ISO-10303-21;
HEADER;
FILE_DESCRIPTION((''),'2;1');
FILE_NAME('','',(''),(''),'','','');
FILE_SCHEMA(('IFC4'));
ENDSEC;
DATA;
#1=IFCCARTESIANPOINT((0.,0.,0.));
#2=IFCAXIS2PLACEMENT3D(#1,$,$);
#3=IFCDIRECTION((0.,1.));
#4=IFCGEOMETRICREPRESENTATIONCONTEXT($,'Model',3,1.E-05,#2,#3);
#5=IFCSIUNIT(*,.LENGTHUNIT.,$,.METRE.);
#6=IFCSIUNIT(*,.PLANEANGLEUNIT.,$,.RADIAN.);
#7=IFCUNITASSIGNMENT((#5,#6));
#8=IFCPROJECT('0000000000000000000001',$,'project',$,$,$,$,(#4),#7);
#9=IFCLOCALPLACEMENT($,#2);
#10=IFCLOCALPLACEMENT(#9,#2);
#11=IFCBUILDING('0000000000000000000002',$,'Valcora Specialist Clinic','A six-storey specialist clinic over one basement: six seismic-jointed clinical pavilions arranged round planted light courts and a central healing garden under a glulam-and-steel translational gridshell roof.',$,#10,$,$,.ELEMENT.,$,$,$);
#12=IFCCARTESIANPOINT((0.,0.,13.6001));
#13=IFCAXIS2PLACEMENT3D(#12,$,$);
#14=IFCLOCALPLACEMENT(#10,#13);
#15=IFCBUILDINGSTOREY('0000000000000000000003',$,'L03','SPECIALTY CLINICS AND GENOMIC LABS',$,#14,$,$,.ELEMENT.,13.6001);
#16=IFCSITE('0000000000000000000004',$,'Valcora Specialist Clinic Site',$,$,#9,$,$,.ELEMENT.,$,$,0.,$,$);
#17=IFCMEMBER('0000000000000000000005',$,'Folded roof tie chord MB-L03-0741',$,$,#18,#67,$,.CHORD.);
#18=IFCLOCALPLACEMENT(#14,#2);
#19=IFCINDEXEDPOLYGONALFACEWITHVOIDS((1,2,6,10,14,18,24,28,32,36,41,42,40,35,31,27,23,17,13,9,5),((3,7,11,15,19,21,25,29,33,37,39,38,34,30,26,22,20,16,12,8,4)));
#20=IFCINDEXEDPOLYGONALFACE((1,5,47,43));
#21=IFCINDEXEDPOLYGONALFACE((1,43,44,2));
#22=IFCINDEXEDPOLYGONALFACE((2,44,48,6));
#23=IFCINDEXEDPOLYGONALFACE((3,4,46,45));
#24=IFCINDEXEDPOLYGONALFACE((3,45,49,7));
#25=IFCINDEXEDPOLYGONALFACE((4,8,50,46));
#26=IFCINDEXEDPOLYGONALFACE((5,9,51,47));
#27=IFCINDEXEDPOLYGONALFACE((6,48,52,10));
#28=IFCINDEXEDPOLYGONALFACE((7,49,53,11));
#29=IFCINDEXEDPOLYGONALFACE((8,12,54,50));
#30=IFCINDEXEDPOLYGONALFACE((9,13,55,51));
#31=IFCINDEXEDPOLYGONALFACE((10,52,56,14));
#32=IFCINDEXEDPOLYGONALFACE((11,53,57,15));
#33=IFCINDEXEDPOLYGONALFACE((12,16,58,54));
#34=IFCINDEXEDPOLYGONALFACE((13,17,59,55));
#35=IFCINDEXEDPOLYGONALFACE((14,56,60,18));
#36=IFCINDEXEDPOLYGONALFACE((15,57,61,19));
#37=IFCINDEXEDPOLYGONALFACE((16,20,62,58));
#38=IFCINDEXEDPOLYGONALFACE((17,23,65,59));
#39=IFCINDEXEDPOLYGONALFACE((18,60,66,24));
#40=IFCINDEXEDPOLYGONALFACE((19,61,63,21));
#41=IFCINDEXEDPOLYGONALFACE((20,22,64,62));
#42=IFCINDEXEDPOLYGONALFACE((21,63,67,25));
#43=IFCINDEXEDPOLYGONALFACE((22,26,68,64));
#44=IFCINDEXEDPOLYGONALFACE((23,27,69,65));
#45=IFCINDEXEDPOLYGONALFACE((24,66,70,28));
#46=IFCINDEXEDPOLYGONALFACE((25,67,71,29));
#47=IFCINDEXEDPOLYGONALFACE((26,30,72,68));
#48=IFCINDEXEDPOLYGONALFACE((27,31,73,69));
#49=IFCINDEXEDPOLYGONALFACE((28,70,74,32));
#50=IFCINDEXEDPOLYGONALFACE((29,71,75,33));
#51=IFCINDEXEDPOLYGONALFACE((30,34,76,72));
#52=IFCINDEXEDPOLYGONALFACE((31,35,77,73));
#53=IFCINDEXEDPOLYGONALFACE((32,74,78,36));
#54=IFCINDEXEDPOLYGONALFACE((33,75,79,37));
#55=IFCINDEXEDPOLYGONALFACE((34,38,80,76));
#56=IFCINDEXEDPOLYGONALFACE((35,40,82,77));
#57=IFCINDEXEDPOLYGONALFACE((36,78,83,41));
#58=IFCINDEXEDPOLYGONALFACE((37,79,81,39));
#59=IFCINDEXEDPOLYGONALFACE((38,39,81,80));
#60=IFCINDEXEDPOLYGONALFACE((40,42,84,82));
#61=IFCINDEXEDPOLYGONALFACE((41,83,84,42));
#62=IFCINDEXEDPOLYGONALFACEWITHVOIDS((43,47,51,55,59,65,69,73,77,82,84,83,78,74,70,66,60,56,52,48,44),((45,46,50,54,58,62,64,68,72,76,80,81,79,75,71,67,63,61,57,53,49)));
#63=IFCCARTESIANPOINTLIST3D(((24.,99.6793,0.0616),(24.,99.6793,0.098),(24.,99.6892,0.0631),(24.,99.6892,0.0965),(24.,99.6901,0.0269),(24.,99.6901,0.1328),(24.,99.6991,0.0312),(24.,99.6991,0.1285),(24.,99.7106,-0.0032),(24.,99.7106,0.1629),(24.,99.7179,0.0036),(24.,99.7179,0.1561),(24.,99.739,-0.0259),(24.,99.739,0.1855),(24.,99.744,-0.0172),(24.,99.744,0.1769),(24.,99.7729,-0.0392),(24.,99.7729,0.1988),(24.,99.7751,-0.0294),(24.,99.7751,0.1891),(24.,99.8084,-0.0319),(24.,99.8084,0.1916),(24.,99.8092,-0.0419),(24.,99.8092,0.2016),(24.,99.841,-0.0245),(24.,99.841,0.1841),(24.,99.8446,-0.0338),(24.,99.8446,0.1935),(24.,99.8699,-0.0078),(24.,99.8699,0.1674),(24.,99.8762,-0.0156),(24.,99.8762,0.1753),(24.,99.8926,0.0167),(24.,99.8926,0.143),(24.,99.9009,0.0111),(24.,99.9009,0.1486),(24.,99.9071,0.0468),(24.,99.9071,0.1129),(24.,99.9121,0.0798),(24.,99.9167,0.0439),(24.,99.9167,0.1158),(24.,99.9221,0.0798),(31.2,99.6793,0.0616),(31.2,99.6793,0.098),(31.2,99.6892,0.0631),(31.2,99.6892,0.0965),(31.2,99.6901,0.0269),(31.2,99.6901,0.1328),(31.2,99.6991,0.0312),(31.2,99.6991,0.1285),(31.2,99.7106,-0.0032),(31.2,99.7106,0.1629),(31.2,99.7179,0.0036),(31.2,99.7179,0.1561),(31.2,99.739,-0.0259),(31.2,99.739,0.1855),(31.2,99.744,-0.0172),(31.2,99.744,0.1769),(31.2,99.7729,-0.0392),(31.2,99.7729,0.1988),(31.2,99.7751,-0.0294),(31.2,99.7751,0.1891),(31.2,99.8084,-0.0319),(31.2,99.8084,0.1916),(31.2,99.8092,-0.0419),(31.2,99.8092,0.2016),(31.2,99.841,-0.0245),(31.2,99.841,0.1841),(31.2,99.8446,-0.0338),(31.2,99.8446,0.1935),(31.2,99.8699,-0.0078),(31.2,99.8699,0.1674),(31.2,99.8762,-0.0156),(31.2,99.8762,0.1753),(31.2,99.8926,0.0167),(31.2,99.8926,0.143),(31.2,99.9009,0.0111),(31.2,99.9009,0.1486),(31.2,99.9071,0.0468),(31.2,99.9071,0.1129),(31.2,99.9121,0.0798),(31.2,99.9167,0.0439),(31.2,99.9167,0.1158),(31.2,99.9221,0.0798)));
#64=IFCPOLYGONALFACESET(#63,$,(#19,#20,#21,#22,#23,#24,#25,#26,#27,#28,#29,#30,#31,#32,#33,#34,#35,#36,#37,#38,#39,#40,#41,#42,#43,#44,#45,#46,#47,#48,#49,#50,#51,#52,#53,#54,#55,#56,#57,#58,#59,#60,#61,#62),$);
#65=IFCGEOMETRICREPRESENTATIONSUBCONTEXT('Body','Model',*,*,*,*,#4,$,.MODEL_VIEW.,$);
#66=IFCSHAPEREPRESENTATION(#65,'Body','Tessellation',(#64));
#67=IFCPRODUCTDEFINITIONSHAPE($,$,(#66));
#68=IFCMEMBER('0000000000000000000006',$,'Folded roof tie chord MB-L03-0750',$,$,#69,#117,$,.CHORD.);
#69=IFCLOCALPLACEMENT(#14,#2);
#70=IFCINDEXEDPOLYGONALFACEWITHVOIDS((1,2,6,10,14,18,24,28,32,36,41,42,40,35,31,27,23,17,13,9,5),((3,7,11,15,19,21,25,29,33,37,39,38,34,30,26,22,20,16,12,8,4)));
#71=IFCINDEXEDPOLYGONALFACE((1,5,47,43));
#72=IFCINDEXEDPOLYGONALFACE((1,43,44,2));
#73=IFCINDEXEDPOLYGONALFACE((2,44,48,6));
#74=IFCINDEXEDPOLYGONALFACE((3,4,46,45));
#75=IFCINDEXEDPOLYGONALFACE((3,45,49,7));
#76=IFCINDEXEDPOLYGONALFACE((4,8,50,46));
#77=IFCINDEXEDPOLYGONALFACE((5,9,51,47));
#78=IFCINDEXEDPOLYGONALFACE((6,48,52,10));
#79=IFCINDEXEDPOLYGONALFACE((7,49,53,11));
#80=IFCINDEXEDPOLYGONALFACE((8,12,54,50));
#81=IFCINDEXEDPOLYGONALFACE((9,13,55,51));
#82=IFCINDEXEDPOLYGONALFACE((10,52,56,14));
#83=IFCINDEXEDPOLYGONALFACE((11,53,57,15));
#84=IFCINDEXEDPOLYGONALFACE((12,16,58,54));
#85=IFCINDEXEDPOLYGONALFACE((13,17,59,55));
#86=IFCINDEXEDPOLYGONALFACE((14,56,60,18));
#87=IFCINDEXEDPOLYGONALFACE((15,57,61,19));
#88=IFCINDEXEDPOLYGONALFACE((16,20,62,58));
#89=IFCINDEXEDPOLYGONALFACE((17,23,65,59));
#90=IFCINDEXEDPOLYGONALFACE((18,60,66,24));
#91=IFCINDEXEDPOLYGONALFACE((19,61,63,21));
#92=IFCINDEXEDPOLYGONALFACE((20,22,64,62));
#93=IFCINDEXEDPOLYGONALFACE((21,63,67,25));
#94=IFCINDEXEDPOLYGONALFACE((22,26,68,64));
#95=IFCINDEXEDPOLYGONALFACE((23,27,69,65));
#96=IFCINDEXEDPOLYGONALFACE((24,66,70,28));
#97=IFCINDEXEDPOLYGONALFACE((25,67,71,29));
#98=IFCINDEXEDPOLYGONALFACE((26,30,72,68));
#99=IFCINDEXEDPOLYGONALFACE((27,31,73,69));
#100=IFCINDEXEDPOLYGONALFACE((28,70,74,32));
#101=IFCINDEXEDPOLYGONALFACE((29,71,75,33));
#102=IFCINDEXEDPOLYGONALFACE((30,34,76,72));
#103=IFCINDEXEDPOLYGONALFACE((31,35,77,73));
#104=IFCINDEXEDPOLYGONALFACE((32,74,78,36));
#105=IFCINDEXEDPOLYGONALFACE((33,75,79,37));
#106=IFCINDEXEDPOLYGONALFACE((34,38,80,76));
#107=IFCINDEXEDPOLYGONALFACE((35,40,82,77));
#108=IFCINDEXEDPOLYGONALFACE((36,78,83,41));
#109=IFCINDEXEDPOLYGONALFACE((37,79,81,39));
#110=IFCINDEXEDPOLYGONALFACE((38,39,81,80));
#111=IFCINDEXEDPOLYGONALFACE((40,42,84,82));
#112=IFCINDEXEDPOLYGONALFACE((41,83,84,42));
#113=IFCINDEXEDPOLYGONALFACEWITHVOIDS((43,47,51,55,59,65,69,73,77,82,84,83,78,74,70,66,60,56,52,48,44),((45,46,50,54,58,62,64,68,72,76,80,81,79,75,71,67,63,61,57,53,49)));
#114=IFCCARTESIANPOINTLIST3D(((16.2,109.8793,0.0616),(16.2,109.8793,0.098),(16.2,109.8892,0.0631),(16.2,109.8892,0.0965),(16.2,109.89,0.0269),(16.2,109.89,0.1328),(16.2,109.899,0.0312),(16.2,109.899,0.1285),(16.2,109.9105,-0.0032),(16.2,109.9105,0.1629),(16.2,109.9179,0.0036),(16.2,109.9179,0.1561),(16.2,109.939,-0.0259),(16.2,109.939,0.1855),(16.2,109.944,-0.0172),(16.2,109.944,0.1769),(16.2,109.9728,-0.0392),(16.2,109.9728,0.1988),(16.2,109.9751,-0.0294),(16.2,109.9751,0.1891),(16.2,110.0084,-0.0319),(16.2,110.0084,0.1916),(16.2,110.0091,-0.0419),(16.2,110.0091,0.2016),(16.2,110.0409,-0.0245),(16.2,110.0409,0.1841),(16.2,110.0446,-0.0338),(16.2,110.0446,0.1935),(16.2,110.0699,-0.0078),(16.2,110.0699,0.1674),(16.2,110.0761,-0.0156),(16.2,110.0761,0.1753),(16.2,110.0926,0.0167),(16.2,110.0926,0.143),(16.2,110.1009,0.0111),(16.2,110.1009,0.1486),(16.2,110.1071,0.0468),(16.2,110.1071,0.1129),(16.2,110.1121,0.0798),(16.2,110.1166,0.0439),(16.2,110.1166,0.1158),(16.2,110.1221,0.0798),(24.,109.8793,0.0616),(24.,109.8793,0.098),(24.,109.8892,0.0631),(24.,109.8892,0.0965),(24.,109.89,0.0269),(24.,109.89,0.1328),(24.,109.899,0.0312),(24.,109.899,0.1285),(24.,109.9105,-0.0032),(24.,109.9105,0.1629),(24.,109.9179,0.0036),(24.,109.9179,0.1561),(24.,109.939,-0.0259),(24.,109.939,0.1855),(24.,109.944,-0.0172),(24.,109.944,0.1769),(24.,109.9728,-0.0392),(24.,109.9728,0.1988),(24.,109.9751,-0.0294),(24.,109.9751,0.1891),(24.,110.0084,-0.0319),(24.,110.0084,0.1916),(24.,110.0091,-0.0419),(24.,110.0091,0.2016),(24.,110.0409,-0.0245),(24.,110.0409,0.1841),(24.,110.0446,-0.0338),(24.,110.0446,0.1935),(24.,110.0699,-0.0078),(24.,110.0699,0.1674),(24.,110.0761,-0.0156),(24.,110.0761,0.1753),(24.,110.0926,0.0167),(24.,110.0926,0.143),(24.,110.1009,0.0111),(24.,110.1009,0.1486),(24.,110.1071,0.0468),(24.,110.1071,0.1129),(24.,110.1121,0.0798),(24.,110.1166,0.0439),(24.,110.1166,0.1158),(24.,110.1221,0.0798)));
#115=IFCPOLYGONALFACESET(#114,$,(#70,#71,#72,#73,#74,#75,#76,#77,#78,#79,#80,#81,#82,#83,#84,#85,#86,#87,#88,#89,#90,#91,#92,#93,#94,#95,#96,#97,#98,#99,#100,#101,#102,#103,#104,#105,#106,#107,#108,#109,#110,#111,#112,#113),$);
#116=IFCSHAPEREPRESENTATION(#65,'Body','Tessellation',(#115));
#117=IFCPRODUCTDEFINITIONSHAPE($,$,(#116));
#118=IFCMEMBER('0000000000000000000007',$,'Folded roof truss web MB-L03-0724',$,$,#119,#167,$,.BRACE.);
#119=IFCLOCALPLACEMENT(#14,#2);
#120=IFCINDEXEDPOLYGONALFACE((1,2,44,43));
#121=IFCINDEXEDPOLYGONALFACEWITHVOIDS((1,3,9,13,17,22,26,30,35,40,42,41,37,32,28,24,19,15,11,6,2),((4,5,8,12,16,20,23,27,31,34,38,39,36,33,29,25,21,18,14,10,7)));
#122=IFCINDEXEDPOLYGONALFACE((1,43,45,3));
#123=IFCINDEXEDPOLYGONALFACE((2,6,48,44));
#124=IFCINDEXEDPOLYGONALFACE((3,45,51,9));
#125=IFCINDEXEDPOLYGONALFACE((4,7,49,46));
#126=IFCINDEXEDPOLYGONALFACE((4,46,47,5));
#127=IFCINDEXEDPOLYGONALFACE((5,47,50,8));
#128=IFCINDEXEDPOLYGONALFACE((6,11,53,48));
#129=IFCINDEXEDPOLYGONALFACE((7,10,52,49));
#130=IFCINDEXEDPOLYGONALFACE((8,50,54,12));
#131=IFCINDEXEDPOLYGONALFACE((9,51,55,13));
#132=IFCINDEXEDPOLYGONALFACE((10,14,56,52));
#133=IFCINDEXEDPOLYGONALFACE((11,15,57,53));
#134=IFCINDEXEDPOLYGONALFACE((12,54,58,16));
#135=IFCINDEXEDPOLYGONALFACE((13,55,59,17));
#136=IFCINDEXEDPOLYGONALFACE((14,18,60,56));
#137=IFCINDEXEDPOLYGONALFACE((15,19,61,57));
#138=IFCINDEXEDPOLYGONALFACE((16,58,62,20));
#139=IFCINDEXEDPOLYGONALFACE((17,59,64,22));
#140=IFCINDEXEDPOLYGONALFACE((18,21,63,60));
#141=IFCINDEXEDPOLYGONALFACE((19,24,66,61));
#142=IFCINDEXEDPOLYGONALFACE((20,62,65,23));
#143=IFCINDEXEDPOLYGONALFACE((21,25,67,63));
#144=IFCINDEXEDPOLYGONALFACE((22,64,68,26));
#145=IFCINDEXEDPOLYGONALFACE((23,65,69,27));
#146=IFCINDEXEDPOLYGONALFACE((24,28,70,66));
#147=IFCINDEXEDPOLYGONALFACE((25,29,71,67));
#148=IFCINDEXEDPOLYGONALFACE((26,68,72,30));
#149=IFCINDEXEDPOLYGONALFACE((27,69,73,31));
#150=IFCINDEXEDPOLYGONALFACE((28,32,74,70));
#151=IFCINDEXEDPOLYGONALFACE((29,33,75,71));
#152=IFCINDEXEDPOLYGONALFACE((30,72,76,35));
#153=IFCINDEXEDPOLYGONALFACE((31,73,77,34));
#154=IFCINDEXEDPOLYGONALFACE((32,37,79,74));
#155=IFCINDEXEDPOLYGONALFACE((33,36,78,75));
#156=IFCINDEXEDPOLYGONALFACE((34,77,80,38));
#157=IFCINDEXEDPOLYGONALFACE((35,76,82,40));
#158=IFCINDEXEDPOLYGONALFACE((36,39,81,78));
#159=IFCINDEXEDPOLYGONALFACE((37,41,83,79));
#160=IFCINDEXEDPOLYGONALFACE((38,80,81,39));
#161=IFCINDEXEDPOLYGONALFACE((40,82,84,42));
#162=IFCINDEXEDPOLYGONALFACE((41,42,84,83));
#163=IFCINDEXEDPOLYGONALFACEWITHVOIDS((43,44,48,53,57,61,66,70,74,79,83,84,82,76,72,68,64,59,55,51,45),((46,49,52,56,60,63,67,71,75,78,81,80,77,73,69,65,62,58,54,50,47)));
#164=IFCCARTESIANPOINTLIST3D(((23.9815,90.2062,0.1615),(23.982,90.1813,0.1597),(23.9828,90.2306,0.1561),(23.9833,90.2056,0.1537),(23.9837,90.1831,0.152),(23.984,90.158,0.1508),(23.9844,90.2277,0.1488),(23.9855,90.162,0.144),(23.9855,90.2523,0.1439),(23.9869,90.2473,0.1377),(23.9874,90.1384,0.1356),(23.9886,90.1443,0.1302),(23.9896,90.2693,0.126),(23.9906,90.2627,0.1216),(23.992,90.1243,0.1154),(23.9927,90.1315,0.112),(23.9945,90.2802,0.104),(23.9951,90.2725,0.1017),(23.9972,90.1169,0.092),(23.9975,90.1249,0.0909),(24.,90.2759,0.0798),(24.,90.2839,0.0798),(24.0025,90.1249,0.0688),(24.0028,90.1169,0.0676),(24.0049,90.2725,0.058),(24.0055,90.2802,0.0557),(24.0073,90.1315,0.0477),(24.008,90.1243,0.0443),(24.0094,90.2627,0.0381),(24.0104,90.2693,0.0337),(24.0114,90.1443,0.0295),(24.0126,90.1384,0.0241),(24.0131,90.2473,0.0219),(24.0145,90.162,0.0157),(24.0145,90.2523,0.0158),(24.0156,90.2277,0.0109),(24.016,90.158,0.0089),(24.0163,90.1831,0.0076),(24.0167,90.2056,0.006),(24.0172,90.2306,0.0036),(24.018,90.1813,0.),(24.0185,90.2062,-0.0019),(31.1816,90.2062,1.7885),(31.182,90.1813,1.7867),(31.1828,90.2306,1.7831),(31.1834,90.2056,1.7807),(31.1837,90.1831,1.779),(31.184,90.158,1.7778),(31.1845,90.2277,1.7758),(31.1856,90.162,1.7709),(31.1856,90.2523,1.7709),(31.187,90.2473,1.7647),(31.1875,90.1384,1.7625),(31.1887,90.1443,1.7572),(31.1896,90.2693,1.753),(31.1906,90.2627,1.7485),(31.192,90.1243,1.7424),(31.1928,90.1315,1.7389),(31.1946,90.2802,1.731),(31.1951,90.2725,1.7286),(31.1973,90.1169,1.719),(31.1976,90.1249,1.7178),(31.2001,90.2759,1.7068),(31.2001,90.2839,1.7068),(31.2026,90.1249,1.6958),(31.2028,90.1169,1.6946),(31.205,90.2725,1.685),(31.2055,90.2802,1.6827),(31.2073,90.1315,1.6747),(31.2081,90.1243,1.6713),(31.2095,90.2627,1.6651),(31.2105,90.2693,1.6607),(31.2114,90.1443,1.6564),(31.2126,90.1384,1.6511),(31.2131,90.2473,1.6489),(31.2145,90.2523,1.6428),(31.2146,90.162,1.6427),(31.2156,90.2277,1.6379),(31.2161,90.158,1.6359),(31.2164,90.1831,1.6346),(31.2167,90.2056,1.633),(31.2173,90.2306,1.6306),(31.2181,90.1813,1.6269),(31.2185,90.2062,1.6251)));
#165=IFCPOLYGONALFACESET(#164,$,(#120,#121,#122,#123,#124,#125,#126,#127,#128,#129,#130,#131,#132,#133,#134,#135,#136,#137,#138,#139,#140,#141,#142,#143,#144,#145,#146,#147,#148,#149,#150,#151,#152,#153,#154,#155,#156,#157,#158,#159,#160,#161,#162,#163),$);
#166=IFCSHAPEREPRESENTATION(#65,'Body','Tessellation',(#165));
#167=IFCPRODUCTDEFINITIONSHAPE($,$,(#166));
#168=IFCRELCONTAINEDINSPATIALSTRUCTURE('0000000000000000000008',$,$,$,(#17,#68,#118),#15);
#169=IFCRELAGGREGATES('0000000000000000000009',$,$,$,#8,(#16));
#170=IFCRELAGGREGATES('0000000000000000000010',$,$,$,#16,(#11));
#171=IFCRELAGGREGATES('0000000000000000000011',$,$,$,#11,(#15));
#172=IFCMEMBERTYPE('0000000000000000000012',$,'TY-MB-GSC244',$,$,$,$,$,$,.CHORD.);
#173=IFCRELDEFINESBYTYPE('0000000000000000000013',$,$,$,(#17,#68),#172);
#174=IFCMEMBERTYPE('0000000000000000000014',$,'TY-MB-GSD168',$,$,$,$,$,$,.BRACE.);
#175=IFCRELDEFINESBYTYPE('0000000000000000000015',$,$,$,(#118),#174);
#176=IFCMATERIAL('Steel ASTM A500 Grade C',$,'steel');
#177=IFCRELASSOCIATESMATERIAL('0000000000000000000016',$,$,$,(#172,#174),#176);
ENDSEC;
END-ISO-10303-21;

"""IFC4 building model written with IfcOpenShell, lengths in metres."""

from ifc_helpers import new_model, si_unit, direction, frame, origin, origin_2d, place, context, subcontext, project, spatial, hollow_circle, extrude, material, material_profile, profile_set, type_object, element, save


model = new_model("IFC4")

# Units and contexts
model_context = context("Model", 3, precision=1e-05, world=origin(), true_north=direction((0.0, 1.0)))
body_context = subcontext(model_context, "Body", "Model", "MODEL_VIEW")
ifc_project = project(units=[si_unit("LENGTHUNIT", "METRE"), si_unit("PLANEANGLEUNIT", "RADIAN")], contexts=[model_context])

# Site, building, storey
site_placement = place(None, origin())
site = spatial("IfcSite", under=ifc_project, at=site_placement, Name="Valcora Specialist Clinic Site", CompositionType="ELEMENT", RefElevation=0.0)
building_placement = place(site_placement, origin())
building = spatial("IfcBuilding", under=site, at=building_placement, Name="Valcora Specialist Clinic", Description="A six-storey specialist clinic over one basement: six seismic-jointed clinical pavilions arranged round planted light courts and a central healing garden under a glulam-and-steel translational gridshell roof.", CompositionType="ELEMENT")
storey_placement = place(building_placement, frame((0.0, 0.0, 13.6001)))
storey = spatial("IfcBuildingStorey", under=building, at=storey_placement, Name="L03", Description="SPECIALTY CLINICS AND GENOMIC LABS", CompositionType="ELEMENT", Elevation=13.6001)

# Shared definitions
ifc_material_1 = material(Name="Steel ASTM A500 Grade C", Category="steel")

# Members
ifc_material_profile_1 = material_profile(ifc_material_1, hollow_circle(Radius=0.1221, WallThickness=0.01, at=origin_2d()), Name="ST-CHS-244X10")
ifc_profile_set_1 = profile_set([ifc_material_profile_1], Name="Steel ASTM A500 Grade C")
member_type_1 = type_object("IfcMemberType", Name="TY-MB-GSC244", PredefinedType="CHORD", material=ifc_profile_set_1)
member_1_placement = place(storey_placement, frame((24.0, 99.8, 0.0798), z_axis=(1.0, 0.0, 0.0), x_axis=(0.0, 1.0, 0.0)))
element("IfcMember", 1, at=member_1_placement, inside=storey, type_object=member_type_1, Name="Folded roof tie chord MB-L03-0741", PredefinedType="CHORD", context=body_context, shape_type="SweptSolid", body=[
    extrude(hollow_circle(Radius=0.1221, WallThickness=0.01, at=origin_2d()), origin(), (0.0, 0.0, 1.0), 7.2),
])
member_2_placement = place(storey_placement, frame((16.2, 110.0, 0.0798), z_axis=(1.0, 0.0, 0.0), x_axis=(0.0, 1.0, 0.0)))
element("IfcMember", 2, at=member_2_placement, inside=storey, type_object=member_type_1, Name="Folded roof tie chord MB-L03-0750", PredefinedType="CHORD", context=body_context, shape_type="SweptSolid", body=[
    extrude(hollow_circle(Radius=0.1221, WallThickness=0.01, at=origin_2d()), origin(), (0.0, 0.0, 1.0), 7.8),
])
ifc_material_profile_2 = material_profile(ifc_material_1, hollow_circle(Radius=0.084, WallThickness=0.0081, at=origin_2d()), Name="ST-CHS-168X8")
ifc_profile_set_2 = profile_set([ifc_material_profile_2], Name="Steel ASTM A500 Grade C")
member_type_2 = type_object("IfcMemberType", Name="TY-MB-GSD168", PredefinedType="BRACE", material=ifc_profile_set_2)
member_3_placement = place(storey_placement, frame((24.0, 90.2, 0.0798), z_axis=(0.975407, 0.0, 0.22041), x_axis=(0.0, 1.0, 0.0)))
element("IfcMember", 3, at=member_3_placement, inside=storey, type_object=member_type_2, Name="Folded roof truss web MB-L03-0724", PredefinedType="BRACE", context=body_context, shape_type="SweptSolid", body=[
    extrude(hollow_circle(Radius=0.084, WallThickness=0.0081, at=origin_2d()), origin(), (0.0, 0.0, 1.0), 7.3816),
])

save(model, "model.ifc")
